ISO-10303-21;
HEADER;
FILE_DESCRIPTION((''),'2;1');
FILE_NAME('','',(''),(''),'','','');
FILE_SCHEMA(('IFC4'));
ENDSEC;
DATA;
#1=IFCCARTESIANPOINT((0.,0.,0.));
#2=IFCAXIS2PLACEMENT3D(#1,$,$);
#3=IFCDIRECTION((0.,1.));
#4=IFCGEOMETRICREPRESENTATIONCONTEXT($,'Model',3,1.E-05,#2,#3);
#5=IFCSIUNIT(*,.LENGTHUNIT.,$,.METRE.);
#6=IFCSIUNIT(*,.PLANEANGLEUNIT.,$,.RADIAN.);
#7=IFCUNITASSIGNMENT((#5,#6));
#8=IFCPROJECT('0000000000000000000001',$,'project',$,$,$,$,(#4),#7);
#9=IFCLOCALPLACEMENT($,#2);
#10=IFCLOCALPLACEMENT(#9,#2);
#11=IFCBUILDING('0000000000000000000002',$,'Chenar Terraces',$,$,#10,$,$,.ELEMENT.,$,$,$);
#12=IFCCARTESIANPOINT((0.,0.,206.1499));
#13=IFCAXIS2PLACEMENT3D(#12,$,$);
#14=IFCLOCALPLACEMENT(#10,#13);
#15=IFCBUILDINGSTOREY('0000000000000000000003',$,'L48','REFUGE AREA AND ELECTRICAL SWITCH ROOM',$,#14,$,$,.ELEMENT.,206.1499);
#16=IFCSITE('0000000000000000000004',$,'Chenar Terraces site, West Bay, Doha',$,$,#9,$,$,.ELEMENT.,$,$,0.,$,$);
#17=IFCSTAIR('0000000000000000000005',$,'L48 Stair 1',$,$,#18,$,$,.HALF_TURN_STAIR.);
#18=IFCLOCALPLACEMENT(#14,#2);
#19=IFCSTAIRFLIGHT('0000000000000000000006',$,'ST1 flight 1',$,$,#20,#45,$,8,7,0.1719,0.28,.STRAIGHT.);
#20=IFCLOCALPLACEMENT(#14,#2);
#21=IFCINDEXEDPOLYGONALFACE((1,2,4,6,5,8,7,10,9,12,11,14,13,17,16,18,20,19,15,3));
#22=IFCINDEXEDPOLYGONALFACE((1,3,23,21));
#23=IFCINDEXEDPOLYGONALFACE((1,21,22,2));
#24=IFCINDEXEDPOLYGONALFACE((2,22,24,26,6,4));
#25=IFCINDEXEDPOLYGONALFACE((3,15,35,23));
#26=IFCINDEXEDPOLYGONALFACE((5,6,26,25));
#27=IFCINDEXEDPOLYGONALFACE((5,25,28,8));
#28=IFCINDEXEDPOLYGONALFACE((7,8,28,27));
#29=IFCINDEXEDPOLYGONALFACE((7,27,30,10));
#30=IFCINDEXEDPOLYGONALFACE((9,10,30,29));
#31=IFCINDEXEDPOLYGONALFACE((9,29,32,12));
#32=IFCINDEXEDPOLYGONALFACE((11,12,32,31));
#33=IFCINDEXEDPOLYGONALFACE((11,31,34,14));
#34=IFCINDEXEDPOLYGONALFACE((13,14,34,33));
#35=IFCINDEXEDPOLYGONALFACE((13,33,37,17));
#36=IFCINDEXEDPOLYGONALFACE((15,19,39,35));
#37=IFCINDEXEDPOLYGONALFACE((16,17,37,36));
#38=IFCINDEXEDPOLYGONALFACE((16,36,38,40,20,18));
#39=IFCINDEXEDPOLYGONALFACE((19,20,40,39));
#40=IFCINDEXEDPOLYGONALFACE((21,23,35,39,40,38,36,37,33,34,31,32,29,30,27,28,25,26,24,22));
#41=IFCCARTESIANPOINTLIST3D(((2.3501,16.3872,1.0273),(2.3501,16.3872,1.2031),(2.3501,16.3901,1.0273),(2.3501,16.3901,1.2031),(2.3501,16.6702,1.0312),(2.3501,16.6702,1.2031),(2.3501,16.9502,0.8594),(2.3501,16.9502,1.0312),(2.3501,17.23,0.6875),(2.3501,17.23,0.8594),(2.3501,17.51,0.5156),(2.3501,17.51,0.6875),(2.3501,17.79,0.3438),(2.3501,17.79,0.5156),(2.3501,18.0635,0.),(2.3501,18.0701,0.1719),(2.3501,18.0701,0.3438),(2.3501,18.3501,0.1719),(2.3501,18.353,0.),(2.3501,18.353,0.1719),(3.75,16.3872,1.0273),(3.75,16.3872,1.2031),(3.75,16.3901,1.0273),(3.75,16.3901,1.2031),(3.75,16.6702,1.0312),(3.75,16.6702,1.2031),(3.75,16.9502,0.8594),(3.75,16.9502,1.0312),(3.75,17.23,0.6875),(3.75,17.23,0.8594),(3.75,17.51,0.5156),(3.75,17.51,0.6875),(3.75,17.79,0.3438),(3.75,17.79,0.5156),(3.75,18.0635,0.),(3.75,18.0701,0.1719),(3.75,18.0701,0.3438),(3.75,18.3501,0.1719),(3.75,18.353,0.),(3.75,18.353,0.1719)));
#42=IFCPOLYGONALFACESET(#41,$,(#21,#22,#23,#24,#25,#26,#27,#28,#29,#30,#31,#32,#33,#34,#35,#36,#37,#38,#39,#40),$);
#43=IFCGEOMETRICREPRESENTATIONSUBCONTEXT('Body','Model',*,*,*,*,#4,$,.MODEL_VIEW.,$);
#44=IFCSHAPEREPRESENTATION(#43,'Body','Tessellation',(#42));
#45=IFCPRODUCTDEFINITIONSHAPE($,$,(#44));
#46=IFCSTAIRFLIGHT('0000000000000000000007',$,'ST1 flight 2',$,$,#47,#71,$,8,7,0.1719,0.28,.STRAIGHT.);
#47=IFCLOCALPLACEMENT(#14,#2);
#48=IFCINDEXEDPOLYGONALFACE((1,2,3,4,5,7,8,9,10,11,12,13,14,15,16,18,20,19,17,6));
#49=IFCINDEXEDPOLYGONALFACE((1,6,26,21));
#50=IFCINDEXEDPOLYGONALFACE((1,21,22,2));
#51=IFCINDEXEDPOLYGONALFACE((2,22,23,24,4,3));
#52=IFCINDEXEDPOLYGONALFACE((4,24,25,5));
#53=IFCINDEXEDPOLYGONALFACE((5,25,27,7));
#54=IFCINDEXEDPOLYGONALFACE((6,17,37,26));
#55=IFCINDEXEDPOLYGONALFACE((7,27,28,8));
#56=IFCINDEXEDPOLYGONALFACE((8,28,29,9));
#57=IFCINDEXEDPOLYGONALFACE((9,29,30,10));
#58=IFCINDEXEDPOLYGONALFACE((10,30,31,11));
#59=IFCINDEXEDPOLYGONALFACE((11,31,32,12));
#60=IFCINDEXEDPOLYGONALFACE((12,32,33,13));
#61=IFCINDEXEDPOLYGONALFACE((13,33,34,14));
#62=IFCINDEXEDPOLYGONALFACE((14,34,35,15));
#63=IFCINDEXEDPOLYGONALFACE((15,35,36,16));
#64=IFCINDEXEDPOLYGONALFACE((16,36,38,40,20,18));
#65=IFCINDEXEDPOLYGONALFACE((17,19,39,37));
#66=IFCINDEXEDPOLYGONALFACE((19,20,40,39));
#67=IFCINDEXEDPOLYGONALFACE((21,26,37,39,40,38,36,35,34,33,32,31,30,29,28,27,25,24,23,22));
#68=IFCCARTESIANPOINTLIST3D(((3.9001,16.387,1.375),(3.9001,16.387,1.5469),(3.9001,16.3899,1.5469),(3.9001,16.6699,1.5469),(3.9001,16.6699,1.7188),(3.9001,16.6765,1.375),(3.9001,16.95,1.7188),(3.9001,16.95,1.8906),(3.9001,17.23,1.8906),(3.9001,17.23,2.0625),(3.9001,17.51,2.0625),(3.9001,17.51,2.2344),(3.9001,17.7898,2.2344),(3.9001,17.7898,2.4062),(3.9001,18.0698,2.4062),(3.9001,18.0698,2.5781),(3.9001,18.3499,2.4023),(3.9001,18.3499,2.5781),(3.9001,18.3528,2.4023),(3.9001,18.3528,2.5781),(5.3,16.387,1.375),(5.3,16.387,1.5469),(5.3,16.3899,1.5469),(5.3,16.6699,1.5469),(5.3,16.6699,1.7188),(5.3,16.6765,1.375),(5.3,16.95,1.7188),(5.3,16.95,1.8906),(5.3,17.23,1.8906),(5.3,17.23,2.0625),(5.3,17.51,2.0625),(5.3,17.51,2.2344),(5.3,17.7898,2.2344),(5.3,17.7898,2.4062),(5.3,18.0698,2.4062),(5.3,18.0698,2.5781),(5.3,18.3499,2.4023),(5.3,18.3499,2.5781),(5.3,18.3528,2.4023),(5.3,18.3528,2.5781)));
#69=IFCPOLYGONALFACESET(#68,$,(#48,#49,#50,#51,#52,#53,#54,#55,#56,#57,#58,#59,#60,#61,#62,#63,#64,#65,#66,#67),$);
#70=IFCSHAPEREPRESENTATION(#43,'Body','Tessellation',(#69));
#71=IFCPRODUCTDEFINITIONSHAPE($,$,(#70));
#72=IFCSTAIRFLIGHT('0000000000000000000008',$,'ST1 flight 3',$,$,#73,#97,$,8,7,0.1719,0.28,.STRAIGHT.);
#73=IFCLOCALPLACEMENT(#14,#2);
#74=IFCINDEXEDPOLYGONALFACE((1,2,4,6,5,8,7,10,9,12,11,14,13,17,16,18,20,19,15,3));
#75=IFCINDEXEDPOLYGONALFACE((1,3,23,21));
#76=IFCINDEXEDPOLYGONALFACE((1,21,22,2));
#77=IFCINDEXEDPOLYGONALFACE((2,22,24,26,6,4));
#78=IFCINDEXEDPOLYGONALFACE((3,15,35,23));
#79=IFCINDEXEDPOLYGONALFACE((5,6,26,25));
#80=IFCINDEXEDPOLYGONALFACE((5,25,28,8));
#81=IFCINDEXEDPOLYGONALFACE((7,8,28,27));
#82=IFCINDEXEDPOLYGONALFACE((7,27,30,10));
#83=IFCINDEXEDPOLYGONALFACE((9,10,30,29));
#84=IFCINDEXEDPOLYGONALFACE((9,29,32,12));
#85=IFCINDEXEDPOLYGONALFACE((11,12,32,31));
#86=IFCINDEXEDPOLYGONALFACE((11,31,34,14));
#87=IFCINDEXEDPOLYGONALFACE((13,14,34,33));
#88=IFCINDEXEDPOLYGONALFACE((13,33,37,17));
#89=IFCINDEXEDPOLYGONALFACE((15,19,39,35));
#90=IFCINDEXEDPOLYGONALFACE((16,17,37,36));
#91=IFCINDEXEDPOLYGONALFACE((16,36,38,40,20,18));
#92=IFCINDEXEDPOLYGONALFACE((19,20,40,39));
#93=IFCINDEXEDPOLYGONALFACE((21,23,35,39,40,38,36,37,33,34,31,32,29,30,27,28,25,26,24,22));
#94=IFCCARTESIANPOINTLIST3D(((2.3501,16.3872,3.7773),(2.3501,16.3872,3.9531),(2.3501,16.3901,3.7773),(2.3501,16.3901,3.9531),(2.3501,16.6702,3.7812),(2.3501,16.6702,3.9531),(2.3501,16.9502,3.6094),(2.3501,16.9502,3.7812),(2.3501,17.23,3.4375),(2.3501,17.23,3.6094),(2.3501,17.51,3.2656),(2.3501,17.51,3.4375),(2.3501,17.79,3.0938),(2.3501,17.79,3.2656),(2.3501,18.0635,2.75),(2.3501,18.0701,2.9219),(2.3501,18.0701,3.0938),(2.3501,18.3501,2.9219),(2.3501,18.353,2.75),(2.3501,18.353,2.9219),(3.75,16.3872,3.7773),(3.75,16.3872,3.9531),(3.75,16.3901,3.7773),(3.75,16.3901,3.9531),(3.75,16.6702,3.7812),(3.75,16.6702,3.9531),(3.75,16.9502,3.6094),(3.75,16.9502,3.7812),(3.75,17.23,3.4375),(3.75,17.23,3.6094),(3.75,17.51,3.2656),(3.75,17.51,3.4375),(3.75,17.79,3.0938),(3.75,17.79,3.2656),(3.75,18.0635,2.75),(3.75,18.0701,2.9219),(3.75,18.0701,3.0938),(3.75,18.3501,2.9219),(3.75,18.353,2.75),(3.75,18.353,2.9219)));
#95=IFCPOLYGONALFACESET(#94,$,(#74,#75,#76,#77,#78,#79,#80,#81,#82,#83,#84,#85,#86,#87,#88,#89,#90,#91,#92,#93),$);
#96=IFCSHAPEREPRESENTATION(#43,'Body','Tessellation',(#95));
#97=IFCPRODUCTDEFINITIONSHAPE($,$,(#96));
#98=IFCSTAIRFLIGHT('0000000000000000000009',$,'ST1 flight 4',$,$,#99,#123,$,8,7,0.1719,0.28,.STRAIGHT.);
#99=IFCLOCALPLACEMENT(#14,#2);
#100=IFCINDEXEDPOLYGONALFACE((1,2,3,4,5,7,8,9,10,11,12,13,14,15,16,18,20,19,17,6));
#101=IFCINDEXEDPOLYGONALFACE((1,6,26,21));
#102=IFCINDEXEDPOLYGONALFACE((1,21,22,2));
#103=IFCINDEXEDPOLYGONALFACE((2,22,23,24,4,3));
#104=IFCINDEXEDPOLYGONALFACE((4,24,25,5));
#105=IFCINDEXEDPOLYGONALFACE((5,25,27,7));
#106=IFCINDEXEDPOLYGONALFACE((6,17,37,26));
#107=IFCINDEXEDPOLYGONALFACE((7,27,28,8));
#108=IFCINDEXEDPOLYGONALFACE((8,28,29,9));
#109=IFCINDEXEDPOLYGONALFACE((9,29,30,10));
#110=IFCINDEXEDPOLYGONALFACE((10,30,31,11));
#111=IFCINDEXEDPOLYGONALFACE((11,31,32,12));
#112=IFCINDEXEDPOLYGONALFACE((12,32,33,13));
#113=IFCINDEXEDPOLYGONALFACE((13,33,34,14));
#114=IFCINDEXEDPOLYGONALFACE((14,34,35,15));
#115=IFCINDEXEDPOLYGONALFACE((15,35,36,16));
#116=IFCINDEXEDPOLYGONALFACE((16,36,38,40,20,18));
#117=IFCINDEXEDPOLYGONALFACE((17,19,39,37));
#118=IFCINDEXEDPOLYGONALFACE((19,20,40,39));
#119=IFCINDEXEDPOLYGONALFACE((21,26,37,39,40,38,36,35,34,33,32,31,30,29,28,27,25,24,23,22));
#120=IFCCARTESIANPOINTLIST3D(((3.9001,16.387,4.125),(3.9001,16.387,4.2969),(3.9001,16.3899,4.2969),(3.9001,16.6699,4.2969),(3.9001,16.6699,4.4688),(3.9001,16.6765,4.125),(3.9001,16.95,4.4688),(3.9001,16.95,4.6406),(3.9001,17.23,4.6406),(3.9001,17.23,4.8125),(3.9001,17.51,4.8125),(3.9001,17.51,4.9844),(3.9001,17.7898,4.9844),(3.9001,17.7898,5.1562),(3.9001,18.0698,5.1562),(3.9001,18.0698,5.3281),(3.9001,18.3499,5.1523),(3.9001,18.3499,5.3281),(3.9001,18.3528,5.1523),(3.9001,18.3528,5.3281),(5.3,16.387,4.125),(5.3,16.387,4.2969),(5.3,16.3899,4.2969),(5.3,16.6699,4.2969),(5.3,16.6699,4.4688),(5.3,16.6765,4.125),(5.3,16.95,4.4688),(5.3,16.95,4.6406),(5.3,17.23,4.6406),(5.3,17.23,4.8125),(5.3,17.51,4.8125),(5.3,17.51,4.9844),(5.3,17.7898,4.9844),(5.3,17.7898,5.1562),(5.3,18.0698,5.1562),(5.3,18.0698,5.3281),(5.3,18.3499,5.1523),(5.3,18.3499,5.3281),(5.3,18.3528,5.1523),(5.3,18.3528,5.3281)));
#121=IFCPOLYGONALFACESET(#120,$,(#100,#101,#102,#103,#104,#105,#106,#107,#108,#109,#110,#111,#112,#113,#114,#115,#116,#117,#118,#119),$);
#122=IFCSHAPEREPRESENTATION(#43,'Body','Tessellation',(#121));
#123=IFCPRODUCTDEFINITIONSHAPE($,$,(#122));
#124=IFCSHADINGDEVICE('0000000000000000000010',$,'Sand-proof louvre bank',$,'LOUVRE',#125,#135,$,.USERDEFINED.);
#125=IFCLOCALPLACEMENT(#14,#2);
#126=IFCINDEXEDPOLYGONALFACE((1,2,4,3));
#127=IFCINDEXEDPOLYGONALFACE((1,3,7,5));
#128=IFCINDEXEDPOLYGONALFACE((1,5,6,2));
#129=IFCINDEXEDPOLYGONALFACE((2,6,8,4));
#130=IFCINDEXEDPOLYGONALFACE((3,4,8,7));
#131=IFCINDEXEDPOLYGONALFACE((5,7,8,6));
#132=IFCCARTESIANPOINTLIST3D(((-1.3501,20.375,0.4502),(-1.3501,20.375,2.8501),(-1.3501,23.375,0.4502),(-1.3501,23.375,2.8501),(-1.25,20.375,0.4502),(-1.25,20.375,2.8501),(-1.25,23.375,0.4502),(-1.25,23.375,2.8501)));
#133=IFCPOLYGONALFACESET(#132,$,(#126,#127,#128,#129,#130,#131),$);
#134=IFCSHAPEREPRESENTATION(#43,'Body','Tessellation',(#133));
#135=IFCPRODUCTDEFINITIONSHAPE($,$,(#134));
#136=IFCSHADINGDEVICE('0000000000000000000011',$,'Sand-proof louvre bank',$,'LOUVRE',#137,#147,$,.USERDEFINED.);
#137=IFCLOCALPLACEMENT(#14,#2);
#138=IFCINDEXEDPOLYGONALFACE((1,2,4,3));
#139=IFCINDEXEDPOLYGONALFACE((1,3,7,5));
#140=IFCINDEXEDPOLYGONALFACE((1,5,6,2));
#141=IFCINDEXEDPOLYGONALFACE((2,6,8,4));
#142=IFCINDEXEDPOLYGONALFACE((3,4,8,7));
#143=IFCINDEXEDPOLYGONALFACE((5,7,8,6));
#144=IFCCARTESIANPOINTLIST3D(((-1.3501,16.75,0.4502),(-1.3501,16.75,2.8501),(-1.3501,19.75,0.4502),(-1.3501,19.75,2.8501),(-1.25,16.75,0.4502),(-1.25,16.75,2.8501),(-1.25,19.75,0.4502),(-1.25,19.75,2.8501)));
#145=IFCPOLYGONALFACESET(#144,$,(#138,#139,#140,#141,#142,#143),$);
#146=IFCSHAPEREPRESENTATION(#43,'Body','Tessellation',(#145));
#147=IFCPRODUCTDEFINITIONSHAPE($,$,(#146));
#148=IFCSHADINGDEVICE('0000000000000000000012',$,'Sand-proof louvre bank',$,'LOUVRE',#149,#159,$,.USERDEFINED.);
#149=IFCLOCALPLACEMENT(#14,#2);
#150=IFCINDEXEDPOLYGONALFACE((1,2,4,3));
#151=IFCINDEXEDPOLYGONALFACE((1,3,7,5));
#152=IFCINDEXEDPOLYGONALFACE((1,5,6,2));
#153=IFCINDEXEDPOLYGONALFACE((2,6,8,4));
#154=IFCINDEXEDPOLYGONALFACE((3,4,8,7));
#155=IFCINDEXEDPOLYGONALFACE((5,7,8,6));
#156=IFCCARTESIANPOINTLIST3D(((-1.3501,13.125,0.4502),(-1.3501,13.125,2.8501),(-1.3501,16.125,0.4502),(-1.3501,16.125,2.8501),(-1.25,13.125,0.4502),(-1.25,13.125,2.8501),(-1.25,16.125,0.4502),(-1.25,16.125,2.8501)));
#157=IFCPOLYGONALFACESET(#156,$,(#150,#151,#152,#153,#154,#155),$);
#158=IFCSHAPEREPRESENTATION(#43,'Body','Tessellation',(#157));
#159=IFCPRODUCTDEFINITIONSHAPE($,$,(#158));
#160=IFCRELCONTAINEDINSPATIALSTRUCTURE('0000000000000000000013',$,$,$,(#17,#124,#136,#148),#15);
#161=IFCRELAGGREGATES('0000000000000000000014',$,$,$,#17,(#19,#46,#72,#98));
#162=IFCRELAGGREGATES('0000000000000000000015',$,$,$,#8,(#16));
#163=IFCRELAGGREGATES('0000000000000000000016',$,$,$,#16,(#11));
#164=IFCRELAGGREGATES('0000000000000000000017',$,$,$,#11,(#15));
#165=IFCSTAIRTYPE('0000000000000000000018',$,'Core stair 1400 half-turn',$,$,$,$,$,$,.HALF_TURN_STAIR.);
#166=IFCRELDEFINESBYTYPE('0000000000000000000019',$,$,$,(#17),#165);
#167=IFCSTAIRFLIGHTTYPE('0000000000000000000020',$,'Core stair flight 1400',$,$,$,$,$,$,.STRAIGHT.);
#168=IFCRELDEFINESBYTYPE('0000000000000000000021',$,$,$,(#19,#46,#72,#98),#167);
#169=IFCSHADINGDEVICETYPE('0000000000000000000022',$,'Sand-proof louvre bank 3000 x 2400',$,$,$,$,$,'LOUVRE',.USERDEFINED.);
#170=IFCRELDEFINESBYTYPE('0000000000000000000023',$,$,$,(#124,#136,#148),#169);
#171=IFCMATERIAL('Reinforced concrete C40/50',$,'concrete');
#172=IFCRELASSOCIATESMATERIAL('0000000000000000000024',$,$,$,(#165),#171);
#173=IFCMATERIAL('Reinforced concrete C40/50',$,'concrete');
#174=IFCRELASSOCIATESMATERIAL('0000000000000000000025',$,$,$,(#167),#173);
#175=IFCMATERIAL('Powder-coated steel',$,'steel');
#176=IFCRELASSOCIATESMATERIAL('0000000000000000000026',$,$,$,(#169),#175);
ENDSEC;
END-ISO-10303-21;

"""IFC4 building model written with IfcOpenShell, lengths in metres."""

from ifc_helpers import new_model, si_unit, direction, frame, origin, origin_2d, place, context, subcontext, project, spatial, polyline, rectangle, outline, extrude, material, type_object, element, aggregate, save


model = new_model("IFC4")

# Units and contexts
model_context = context("Model", 3, precision=1e-05, world=origin(), true_north=direction((0.0, 1.0)))
body_context = subcontext(model_context, "Body", "Model", "MODEL_VIEW")
ifc_project = project(units=[si_unit("LENGTHUNIT", "METRE"), si_unit("PLANEANGLEUNIT", "RADIAN")], contexts=[model_context])

# Site, building, storey
site_placement = place(None, origin())
site = spatial("IfcSite", under=ifc_project, at=site_placement, Name="Chenar Terraces site, West Bay, Doha", CompositionType="ELEMENT", RefElevation=0.0)
building_placement = place(site_placement, origin())
building = spatial("IfcBuilding", under=site, at=building_placement, Name="Chenar Terraces", CompositionType="ELEMENT")
storey_placement = place(building_placement, frame((0.0, 0.0, 206.1499)))
storey = spatial("IfcBuildingStorey", under=building, at=storey_placement, Name="L48", Description="REFUGE AREA AND ELECTRICAL SWITCH ROOM", CompositionType="ELEMENT", Elevation=206.1499)

# Stair, stair flights
ifc_material_1 = material(Name="Reinforced concrete C40/50", Category="concrete")
stair_type = type_object("IfcStairType", Name="Core stair 1400 half-turn", PredefinedType="HALF_TURN_STAIR", material=ifc_material_1)
stair_placement = place(storey_placement, origin())
stair = element("IfcStair", 1, at=stair_placement, inside=storey, type_object=stair_type, Name="L48 Stair 1", PredefinedType="HALF_TURN_STAIR")
ifc_material_2 = material(Name="Reinforced concrete C40/50", Category="concrete")
stair_flight_type = type_object("IfcStairFlightType", Name="Core stair flight 1400", PredefinedType="STRAIGHT", material=ifc_material_2)
stair_flight_1_placement = place(storey_placement, frame((3.05, 18.3501, 0.0), z_axis=(0.0, 0.0, 1.0), x_axis=(0.0, -1.0, 0.0)))
stair_flight_1 = element("IfcStairFlight", 2, at=stair_flight_1_placement, type_object=stair_flight_type, Name="ST1 flight 1", NumberOfRisers=8, NumberOfTreads=7, PredefinedType="STRAIGHT", RiserHeight=0.1719, TreadLength=0.28, context=body_context, shape_type="SweptSolid", body=[
    extrude(outline(polyline([(-0.0029, 0.0), (-0.0029, 0.1719), (0.0, 0.1719), (0.28, 0.1719), (0.28, 0.3438), (0.5601, 0.3438), (0.5601, 0.5156), (0.8401, 0.5156), (0.8401, 0.6875), (1.1201, 0.6875), (1.1201, 0.8594), (1.3999, 0.8594), (1.3999, 1.0312), (1.6799, 1.0312), (1.6799, 1.2031), (1.96, 1.2031), (1.9629, 1.2031), (1.9629, 1.0273), (1.96, 1.0273), (0.2866, 0.0), (-0.0029, 0.0)])), frame((0.0, 0.7, 0.0), z_axis=(0.0, -1.0, 0.0), x_axis=(1.0, 0.0, 0.0)), (0.0, 0.0, 1.0), 1.3999),
])
stair_flight_2_placement = place(storey_placement, frame((4.6001, 16.3899, 1.375), z_axis=(0.0, 0.0, 1.0), x_axis=(0.0, 1.0, 0.0)))
stair_flight_2 = element("IfcStairFlight", 3, at=stair_flight_2_placement, type_object=stair_flight_type, Name="ST1 flight 2", NumberOfRisers=8, NumberOfTreads=7, PredefinedType="STRAIGHT", RiserHeight=0.1719, TreadLength=0.28, context=body_context, shape_type="SweptSolid", body=[
    extrude(outline(polyline([(-0.0029, 0.0), (-0.0029, 0.1719), (0.0, 0.1719), (0.28, 0.1719), (0.28, 0.3438), (0.5601, 0.3438), (0.5601, 0.5156), (0.8401, 0.5156), (0.8401, 0.6875), (1.1201, 0.6875), (1.1201, 0.8594), (1.3999, 0.8594), (1.3999, 1.0312), (1.6799, 1.0312), (1.6799, 1.2031), (1.96, 1.2031), (1.9629, 1.2031), (1.9629, 1.0273), (1.96, 1.0273), (0.2866, 0.0), (-0.0029, 0.0)])), frame((0.0, 0.7, 0.0), z_axis=(0.0, -1.0, 0.0), x_axis=(1.0, 0.0, 0.0)), (0.0, 0.0, 1.0), 1.3999),
])
stair_flight_3_placement = place(storey_placement, frame((3.05, 18.3501, 2.75), z_axis=(0.0, 0.0, 1.0), x_axis=(0.0, -1.0, 0.0)))
stair_flight_3 = element("IfcStairFlight", 4, at=stair_flight_3_placement, type_object=stair_flight_type, Name="ST1 flight 3", NumberOfRisers=8, NumberOfTreads=7, PredefinedType="STRAIGHT", RiserHeight=0.1719, TreadLength=0.28, context=body_context, shape_type="SweptSolid", body=[
    extrude(outline(polyline([(-0.0029, 0.0), (-0.0029, 0.1719), (0.0, 0.1719), (0.28, 0.1719), (0.28, 0.3438), (0.5601, 0.3438), (0.5601, 0.5156), (0.8401, 0.5156), (0.8401, 0.6875), (1.1201, 0.6875), (1.1201, 0.8594), (1.3999, 0.8594), (1.3999, 1.0312), (1.6799, 1.0312), (1.6799, 1.2031), (1.96, 1.2031), (1.9629, 1.2031), (1.9629, 1.0273), (1.96, 1.0273), (0.2866, 0.0), (-0.0029, 0.0)])), frame((0.0, 0.7, 0.0), z_axis=(0.0, -1.0, 0.0), x_axis=(1.0, 0.0, 0.0)), (0.0, 0.0, 1.0), 1.3999),
])
stair_flight_4_placement = place(storey_placement, frame((4.6001, 16.3899, 4.125), z_axis=(0.0, 0.0, 1.0), x_axis=(0.0, 1.0, 0.0)))
stair_flight_4 = element("IfcStairFlight", 5, at=stair_flight_4_placement, type_object=stair_flight_type, Name="ST1 flight 4", NumberOfRisers=8, NumberOfTreads=7, PredefinedType="STRAIGHT", RiserHeight=0.1719, TreadLength=0.28, context=body_context, shape_type="SweptSolid", body=[
    extrude(outline(polyline([(-0.0029, 0.0), (-0.0029, 0.1719), (0.0, 0.1719), (0.28, 0.1719), (0.28, 0.3438), (0.5601, 0.3438), (0.5601, 0.5156), (0.8401, 0.5156), (0.8401, 0.6875), (1.1201, 0.6875), (1.1201, 0.8594), (1.3999, 0.8594), (1.3999, 1.0312), (1.6799, 1.0312), (1.6799, 1.2031), (1.96, 1.2031), (1.9629, 1.2031), (1.9629, 1.0273), (1.96, 1.0273), (0.2866, 0.0), (-0.0029, 0.0)])), frame((0.0, 0.7, 0.0), z_axis=(0.0, -1.0, 0.0), x_axis=(1.0, 0.0, 0.0)), (0.0, 0.0, 1.0), 1.3999),
])
aggregate(stair, [stair_flight_1, stair_flight_2, stair_flight_3, stair_flight_4])

# Shading devices
ifc_material_3 = material(Name="Powder-coated steel", Category="steel")
shading_device_type = type_object("IfcShadingDeviceType", Name="Sand-proof louvre bank 3000 x 2400", ElementType="LOUVRE", PredefinedType="USERDEFINED", material=ifc_material_3)
for number, where, z_axis, x_axis, name in (
    (6, (-1.3, 21.875, 0.4502), (0.0, 0.0, 1.0), (0.0, -1.0, 0.0), "Sand-proof louvre bank"),
    (7, (-1.3, 18.25, 0.4502), (0.0, 0.0, 1.0), (0.0, -1.0, 0.0), "Sand-proof louvre bank"),
    (8, (-1.3, 14.625, 0.4502), (0.0, 0.0, 1.0), (0.0, -1.0, 0.0), "Sand-proof louvre bank"),
):
    element("IfcShadingDevice", number, at=place(storey_placement, frame(where, z_axis=z_axis, x_axis=x_axis)), inside=storey, type_object=shading_device_type, Name=name, ObjectType="LOUVRE", PredefinedType="USERDEFINED", context=body_context, shape_type="SweptSolid", body=[
        extrude(rectangle(XDim=3.0, YDim=0.1001, at=origin_2d()), origin(), (0.0, 0.0, 1.0), 2.3999),
    ])

save(model, "model.ifc")
